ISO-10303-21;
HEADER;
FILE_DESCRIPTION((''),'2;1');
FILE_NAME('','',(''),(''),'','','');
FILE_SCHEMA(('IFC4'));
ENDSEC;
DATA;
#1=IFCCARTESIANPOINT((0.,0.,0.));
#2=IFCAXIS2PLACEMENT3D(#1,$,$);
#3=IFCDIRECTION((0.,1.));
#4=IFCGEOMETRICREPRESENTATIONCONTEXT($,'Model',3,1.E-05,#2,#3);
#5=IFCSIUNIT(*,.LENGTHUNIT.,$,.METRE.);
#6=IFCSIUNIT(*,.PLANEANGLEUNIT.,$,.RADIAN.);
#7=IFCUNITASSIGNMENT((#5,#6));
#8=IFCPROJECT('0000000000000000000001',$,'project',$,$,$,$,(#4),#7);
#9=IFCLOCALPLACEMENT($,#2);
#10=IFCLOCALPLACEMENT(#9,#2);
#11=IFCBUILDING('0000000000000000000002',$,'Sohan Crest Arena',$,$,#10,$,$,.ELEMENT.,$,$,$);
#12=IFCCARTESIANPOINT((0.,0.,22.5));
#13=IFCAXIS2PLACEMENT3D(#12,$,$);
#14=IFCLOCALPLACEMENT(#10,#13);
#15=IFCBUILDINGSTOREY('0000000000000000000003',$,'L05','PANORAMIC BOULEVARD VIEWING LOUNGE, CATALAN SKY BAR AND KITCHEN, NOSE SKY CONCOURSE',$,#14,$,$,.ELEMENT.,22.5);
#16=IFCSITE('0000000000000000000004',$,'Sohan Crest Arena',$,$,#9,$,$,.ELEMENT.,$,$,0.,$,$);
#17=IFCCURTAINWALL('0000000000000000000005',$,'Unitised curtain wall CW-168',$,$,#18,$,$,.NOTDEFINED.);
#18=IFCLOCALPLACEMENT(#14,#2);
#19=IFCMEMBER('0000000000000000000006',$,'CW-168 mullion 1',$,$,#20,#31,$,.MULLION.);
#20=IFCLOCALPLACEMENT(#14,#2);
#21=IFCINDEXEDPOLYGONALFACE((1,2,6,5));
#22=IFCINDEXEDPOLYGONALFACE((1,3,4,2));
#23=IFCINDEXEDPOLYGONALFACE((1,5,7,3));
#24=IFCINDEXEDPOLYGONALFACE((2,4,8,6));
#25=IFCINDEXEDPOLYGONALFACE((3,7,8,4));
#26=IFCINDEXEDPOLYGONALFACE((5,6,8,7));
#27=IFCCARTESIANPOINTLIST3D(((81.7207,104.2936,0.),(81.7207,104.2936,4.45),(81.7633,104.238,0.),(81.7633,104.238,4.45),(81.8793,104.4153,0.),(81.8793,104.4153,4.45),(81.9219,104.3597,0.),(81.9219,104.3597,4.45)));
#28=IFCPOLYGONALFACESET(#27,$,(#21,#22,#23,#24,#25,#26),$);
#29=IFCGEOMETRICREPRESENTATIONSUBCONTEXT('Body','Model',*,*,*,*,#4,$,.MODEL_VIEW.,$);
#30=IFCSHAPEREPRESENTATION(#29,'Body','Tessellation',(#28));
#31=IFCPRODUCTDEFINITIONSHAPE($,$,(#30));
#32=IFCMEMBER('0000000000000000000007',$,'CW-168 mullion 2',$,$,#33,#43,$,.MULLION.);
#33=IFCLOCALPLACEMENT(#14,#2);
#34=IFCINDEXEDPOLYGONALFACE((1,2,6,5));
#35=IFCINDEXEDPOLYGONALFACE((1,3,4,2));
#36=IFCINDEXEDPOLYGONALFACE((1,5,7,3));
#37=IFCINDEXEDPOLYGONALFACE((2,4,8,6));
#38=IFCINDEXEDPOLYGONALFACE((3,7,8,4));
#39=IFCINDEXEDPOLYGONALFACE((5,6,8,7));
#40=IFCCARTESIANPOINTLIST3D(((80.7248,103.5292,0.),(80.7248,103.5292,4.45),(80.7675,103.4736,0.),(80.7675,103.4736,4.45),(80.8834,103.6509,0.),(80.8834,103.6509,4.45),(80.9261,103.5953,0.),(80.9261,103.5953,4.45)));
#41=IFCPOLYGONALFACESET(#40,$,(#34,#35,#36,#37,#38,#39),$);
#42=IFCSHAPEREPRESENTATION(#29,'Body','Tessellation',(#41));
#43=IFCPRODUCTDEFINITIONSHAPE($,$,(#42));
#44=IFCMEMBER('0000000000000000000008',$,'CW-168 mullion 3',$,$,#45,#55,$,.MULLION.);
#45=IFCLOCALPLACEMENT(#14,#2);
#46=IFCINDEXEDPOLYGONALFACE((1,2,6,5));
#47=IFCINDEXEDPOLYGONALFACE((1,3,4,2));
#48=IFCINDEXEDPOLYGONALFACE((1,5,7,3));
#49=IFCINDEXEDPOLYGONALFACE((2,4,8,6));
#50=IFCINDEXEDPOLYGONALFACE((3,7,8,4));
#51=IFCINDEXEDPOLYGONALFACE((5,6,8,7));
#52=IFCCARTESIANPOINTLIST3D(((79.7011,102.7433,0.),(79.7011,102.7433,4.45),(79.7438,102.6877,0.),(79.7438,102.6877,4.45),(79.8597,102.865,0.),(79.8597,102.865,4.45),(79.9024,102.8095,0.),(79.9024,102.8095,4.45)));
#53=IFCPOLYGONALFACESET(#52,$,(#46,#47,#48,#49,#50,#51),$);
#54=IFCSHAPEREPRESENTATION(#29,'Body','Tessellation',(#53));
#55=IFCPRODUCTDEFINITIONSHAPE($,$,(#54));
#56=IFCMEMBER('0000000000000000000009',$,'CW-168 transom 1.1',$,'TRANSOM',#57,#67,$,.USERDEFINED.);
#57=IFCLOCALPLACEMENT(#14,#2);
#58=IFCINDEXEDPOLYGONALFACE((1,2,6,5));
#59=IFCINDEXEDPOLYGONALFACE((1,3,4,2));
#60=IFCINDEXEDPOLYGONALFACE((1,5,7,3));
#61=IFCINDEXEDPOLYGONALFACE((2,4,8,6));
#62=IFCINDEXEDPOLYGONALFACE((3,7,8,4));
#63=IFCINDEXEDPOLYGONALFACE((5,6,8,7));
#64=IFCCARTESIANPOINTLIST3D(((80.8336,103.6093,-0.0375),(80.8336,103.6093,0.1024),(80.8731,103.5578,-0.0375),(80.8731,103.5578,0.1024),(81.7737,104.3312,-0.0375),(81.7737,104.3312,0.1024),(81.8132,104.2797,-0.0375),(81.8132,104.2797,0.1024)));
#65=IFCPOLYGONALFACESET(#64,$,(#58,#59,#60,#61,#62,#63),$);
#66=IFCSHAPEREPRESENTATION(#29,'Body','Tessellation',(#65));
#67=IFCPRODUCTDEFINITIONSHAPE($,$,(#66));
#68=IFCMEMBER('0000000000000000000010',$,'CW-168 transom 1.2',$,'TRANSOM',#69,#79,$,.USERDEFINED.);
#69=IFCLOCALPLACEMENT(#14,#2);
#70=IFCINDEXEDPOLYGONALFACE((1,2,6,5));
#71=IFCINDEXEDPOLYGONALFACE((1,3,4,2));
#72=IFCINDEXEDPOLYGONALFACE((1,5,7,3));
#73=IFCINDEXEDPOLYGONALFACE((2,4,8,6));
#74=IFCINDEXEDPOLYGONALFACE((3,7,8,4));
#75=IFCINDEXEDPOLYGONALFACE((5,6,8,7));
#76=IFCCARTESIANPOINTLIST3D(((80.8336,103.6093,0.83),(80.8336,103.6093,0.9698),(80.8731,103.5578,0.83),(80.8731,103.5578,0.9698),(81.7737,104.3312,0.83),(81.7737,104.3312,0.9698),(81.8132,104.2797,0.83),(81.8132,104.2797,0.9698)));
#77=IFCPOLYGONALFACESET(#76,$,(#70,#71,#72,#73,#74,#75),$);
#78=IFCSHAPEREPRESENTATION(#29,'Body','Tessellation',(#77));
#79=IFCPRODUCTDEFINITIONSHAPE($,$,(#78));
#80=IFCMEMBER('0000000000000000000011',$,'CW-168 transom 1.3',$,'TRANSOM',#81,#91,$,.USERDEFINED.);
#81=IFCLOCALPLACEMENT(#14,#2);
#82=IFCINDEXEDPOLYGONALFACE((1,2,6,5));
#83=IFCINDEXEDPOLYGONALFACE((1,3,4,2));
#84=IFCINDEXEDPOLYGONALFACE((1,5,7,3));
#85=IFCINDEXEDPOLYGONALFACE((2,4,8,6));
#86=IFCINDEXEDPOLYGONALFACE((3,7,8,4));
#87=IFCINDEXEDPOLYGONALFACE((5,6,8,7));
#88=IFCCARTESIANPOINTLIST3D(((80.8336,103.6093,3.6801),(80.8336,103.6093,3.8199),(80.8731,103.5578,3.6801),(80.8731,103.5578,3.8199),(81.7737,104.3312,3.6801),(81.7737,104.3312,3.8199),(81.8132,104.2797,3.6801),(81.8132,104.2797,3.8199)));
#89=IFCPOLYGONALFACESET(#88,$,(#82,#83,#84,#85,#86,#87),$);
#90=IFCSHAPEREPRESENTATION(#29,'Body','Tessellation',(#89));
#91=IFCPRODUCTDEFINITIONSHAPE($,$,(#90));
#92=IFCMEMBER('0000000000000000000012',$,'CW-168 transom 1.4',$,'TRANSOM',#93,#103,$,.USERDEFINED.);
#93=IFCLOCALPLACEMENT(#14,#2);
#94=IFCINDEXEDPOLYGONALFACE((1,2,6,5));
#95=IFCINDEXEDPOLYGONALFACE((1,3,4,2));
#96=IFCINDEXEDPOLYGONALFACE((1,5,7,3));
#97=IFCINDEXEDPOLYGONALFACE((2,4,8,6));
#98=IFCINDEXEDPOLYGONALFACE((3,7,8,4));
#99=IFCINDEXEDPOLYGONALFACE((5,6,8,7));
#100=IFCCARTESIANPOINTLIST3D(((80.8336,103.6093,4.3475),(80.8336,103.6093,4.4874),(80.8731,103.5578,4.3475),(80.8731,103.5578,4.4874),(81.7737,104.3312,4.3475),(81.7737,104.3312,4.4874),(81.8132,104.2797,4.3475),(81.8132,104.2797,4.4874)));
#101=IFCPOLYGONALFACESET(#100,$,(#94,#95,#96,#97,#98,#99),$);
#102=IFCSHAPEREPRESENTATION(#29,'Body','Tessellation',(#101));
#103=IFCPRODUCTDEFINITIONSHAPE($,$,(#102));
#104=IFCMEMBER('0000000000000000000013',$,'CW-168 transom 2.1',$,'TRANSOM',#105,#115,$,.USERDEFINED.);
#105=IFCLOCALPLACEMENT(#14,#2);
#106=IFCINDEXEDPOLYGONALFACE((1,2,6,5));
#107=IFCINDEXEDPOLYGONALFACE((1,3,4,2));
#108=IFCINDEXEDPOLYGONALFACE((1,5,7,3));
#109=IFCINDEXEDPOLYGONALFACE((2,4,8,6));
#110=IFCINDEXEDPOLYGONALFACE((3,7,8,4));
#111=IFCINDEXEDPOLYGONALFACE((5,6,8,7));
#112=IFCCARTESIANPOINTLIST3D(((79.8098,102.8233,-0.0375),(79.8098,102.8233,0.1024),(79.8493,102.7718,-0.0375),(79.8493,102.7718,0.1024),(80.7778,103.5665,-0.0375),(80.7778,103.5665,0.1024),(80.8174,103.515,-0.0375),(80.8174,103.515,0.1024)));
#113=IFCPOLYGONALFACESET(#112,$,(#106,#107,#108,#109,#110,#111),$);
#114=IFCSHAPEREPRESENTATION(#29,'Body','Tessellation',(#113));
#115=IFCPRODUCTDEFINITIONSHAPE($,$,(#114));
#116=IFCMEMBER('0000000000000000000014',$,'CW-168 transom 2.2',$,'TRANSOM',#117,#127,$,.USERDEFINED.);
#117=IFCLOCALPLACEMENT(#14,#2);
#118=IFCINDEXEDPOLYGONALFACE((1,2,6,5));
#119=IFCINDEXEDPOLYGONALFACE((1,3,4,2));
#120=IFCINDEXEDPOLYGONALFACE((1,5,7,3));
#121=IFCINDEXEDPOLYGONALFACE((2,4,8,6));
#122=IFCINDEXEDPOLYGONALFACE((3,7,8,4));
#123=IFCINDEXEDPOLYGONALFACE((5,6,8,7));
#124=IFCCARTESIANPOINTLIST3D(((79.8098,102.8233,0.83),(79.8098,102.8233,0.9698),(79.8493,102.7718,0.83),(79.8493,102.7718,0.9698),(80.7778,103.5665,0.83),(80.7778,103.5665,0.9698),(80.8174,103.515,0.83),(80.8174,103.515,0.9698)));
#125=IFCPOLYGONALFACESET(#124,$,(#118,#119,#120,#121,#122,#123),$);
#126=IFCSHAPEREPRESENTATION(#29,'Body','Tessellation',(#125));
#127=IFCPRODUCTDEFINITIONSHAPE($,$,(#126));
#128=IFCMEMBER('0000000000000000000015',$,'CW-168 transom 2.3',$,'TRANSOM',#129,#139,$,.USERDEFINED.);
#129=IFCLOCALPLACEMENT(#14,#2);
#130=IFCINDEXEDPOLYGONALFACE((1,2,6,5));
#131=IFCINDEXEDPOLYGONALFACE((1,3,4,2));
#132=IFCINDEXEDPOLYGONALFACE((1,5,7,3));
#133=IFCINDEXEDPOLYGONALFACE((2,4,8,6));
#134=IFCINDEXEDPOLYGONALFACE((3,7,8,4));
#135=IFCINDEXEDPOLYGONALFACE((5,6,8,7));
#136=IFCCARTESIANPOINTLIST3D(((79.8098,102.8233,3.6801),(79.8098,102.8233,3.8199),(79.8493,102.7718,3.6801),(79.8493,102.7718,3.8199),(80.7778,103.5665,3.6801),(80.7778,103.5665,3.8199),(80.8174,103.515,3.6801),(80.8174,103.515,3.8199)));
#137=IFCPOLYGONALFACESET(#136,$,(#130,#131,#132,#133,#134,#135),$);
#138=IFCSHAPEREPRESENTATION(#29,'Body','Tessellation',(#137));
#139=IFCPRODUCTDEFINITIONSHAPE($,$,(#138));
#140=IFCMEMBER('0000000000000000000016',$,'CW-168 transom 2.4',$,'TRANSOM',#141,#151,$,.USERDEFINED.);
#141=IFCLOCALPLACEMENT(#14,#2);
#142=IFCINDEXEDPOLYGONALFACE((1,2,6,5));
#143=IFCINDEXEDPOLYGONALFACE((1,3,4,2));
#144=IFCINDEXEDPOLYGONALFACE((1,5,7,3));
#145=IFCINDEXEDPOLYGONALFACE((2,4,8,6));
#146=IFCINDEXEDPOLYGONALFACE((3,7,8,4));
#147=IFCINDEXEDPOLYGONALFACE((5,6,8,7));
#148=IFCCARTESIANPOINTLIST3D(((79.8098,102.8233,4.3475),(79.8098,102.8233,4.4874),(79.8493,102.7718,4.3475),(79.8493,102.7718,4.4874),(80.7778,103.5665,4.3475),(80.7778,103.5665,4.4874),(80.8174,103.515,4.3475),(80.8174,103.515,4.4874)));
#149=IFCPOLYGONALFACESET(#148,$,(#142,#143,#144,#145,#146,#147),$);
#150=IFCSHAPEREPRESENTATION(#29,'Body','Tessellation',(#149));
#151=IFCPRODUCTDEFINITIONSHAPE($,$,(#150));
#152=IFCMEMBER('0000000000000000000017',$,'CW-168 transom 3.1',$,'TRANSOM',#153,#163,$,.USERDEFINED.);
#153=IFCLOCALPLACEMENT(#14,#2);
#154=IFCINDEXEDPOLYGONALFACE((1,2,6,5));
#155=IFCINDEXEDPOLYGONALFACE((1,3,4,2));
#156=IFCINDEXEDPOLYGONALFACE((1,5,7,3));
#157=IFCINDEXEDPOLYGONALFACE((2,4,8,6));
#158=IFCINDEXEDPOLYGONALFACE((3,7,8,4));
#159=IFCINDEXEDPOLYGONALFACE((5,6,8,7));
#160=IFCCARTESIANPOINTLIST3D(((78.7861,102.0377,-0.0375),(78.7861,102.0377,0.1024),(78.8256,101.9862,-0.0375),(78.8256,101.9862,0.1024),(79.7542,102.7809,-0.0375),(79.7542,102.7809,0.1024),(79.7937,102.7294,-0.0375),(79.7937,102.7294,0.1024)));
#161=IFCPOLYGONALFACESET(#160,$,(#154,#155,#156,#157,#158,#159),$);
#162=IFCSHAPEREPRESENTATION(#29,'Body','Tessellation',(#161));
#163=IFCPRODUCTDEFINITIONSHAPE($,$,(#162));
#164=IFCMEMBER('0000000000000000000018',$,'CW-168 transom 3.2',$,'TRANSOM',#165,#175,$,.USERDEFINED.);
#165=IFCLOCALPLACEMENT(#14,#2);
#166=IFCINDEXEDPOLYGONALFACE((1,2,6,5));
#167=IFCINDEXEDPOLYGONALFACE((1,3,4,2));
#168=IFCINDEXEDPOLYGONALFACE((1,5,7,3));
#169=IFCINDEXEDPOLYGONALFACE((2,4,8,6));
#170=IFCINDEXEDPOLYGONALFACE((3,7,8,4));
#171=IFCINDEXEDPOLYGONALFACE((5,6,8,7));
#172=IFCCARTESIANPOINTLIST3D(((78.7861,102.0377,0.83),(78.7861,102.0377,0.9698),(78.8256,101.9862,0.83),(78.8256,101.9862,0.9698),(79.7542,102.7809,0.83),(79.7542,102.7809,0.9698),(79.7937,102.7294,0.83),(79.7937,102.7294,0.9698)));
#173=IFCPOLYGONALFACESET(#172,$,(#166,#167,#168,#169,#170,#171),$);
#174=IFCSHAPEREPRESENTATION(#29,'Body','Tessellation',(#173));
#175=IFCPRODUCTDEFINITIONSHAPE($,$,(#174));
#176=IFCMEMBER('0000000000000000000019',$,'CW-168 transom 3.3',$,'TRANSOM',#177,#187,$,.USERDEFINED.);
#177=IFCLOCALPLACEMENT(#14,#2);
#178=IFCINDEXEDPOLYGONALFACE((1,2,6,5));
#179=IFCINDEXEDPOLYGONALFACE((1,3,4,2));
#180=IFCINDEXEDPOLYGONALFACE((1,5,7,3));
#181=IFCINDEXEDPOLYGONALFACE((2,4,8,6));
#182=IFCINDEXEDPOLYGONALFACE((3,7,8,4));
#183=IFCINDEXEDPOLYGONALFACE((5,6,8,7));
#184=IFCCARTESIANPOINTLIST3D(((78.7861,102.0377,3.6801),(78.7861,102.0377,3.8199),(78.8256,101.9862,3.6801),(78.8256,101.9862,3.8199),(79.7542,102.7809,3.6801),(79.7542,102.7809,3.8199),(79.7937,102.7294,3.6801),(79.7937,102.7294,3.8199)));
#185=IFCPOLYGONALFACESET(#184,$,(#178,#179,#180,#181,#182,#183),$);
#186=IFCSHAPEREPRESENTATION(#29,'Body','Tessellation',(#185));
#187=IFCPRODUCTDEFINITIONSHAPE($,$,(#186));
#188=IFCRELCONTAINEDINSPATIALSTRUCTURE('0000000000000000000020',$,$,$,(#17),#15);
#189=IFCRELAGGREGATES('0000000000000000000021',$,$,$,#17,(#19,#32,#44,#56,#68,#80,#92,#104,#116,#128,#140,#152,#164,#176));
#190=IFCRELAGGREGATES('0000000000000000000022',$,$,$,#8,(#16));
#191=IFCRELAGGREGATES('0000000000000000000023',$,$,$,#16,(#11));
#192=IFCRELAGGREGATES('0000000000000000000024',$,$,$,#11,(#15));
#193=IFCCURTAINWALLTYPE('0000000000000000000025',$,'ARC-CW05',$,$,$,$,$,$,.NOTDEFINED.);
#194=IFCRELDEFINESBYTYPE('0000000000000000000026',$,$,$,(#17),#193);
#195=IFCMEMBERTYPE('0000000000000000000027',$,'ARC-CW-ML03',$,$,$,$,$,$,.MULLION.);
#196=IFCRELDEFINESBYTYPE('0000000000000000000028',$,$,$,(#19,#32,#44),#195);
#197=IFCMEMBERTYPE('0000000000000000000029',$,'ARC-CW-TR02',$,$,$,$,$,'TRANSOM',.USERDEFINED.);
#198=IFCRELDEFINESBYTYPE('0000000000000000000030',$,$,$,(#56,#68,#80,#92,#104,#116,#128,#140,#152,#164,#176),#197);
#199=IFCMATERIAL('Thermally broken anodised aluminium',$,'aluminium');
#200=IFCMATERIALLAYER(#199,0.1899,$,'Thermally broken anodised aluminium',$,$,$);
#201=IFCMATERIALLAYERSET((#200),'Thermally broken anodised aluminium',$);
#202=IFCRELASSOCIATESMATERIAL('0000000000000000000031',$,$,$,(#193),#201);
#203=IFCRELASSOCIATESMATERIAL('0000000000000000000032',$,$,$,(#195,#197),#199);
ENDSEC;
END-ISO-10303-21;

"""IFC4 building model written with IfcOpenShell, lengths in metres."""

from ifc_helpers import new_model, si_unit, direction, frame, origin, origin_2d, place, context, subcontext, project, spatial, rectangle, extrude, material, layer, layer_set, material_profile, profile_set, type_object, element, aggregate, save


model = new_model("IFC4")

# Units and contexts
model_context = context("Model", 3, precision=1e-05, world=origin(), true_north=direction((0.0, 1.0)))
body_context = subcontext(model_context, "Body", "Model", "MODEL_VIEW")
ifc_project = project(units=[si_unit("LENGTHUNIT", "METRE"), si_unit("PLANEANGLEUNIT", "RADIAN")], contexts=[model_context])

# Site, building, storey
site_placement = place(None, origin())
site = spatial("IfcSite", under=ifc_project, at=site_placement, Name="Sohan Crest Arena", CompositionType="ELEMENT", RefElevation=0.0)
building_placement = place(site_placement, origin())
building = spatial("IfcBuilding", under=site, at=building_placement, Name="Sohan Crest Arena", CompositionType="ELEMENT")
storey_placement = place(building_placement, frame((0.0, 0.0, 22.5)))
storey = spatial("IfcBuildingStorey", under=building, at=storey_placement, Name="L05", Description="PANORAMIC BOULEVARD VIEWING LOUNGE, CATALAN SKY BAR AND KITCHEN, NOSE SKY CONCOURSE", CompositionType="ELEMENT", Elevation=22.5)

# Curtain wall, members
ifc_material_1 = material(Name="Thermally broken anodised aluminium", Category="aluminium")
ifc_layer_1 = layer(ifc_material_1, 0.1899, Name="Thermally broken anodised aluminium")
ifc_layer_set_1 = layer_set([ifc_layer_1], Name="Thermally broken anodised aluminium")
curtain_wall_type = type_object("IfcCurtainWallType", Name="ARC-CW05", PredefinedType="NOTDEFINED", material=ifc_layer_set_1)
curtain_wall_placement = place(storey_placement, origin())
curtain_wall = element("IfcCurtainWall", 1, at=curtain_wall_placement, inside=storey, type_object=curtain_wall_type, Name="Unitised curtain wall CW-168", PredefinedType="NOTDEFINED")
ifc_material_profile_1 = material_profile(ifc_material_1, rectangle(XDim=0.0701, YDim=0.2, at=origin_2d()), Name="ALU-MULL 70x200")
ifc_profile_set_1 = profile_set([ifc_material_profile_1], Name="Thermally broken anodised aluminium")
member_type_1 = type_object("IfcMemberType", Name="ARC-CW-ML03", PredefinedType="MULLION", material=ifc_profile_set_1)
member_1_placement = place(storey_placement, frame((81.8213, 104.3267, 0.0), z_axis=(0.0, 0.0, 1.0), x_axis=(0.608939, -0.793217, 0.0)))
member_1 = element("IfcMember", 2, at=member_1_placement, type_object=member_type_1, Name="CW-168 mullion 1", PredefinedType="MULLION", context=body_context, shape_type="SweptSolid", body=[
    extrude(rectangle(XDim=0.0701, YDim=0.2, at=origin_2d()), origin(), (0.0, 0.0, 1.0), 4.45),
])
member_2_placement = place(storey_placement, frame((80.8254, 103.5623, 0.0), z_axis=(0.0, 0.0, 1.0), x_axis=(0.608939, -0.793217, 0.0)))
member_2 = element("IfcMember", 3, at=member_2_placement, type_object=member_type_1, Name="CW-168 mullion 2", PredefinedType="MULLION", context=body_context, shape_type="SweptSolid", body=[
    extrude(rectangle(XDim=0.0701, YDim=0.2, at=origin_2d()), origin(), (0.0, 0.0, 1.0), 4.45),
])
member_3_placement = place(storey_placement, frame((79.8018, 102.7764, 0.0), z_axis=(0.0, 0.0, 1.0), x_axis=(0.608939, -0.793217, 0.0)))
member_3 = element("IfcMember", 4, at=member_3_placement, type_object=member_type_1, Name="CW-168 mullion 3", PredefinedType="MULLION", context=body_context, shape_type="SweptSolid", body=[
    extrude(rectangle(XDim=0.0701, YDim=0.2, at=origin_2d()), origin(), (0.0, 0.0, 1.0), 4.45),
])
ifc_material_profile_2 = material_profile(ifc_material_1, rectangle(XDim=0.0649, YDim=0.1399, at=origin_2d()), Name="ALU-TRAN 65x140")
ifc_profile_set_2 = profile_set([ifc_material_profile_2], Name="Thermally broken anodised aluminium")
member_type_2 = type_object("IfcMemberType", Name="ARC-CW-TR02", ElementType="TRANSOM", PredefinedType="USERDEFINED", material=ifc_profile_set_2)
member_4_placement = place(storey_placement, frame((81.7935, 104.3054, 0.0325), z_axis=(-0.793152, -0.609024, 0.0), x_axis=(0.609024, -0.793152, 0.0)))
member_4 = element("IfcMember", 5, at=member_4_placement, type_object=member_type_2, Name="CW-168 transom 1.1", ObjectType="TRANSOM", PredefinedType="USERDEFINED", context=body_context, shape_type="SweptSolid", body=[
    extrude(rectangle(XDim=0.0649, YDim=0.1399, at=origin_2d()), origin(), (0.0, 0.0, 1.0), 1.1853),
])
member_5_placement = place(storey_placement, frame((81.7935, 104.3054, 0.8999), z_axis=(-0.793152, -0.609024, 0.0), x_axis=(0.609024, -0.793152, 0.0)))
member_5 = element("IfcMember", 6, at=member_5_placement, type_object=member_type_2, Name="CW-168 transom 1.2", ObjectType="TRANSOM", PredefinedType="USERDEFINED", context=body_context, shape_type="SweptSolid", body=[
    extrude(rectangle(XDim=0.0649, YDim=0.1399, at=origin_2d()), origin(), (0.0, 0.0, 1.0), 1.1853),
])
member_6_placement = place(storey_placement, frame((81.7935, 104.3054, 3.75), z_axis=(-0.793152, -0.609024, 0.0), x_axis=(0.609024, -0.793152, 0.0)))
member_6 = element("IfcMember", 7, at=member_6_placement, type_object=member_type_2, Name="CW-168 transom 1.3", ObjectType="TRANSOM", PredefinedType="USERDEFINED", context=body_context, shape_type="SweptSolid", body=[
    extrude(rectangle(XDim=0.0649, YDim=0.1399, at=origin_2d()), origin(), (0.0, 0.0, 1.0), 1.1853),
])
member_7_placement = place(storey_placement, frame((81.7935, 104.3054, 4.4175), z_axis=(-0.793152, -0.609024, 0.0), x_axis=(0.609024, -0.793152, 0.0)))
member_7 = element("IfcMember", 8, at=member_7_placement, type_object=member_type_2, Name="CW-168 transom 1.4", ObjectType="TRANSOM", PredefinedType="USERDEFINED", context=body_context, shape_type="SweptSolid", body=[
    extrude(rectangle(XDim=0.0649, YDim=0.1399, at=origin_2d()), origin(), (0.0, 0.0, 1.0), 1.1853),
])
member_8_placement = place(storey_placement, frame((80.7976, 103.5408, 0.0325), z_axis=(-0.793204, -0.608956, 0.0), x_axis=(0.608956, -0.793204, 0.0)))
member_8 = element("IfcMember", 9, at=member_8_placement, type_object=member_type_2, Name="CW-168 transom 2.1", ObjectType="TRANSOM", PredefinedType="USERDEFINED", context=body_context, shape_type="SweptSolid", body=[
    extrude(rectangle(XDim=0.0649, YDim=0.1399, at=origin_2d()), origin(), (0.0, 0.0, 1.0), 1.2205),
])
member_9_placement = place(storey_placement, frame((80.7976, 103.5408, 0.8999), z_axis=(-0.793204, -0.608956, 0.0), x_axis=(0.608956, -0.793204, 0.0)))
member_9 = element("IfcMember", 10, at=member_9_placement, type_object=member_type_2, Name="CW-168 transom 2.2", ObjectType="TRANSOM", PredefinedType="USERDEFINED", context=body_context, shape_type="SweptSolid", body=[
    extrude(rectangle(XDim=0.0649, YDim=0.1399, at=origin_2d()), origin(), (0.0, 0.0, 1.0), 1.2205),
])
member_10_placement = place(storey_placement, frame((80.7976, 103.5408, 3.75), z_axis=(-0.793204, -0.608956, 0.0), x_axis=(0.608956, -0.793204, 0.0)))
member_10 = element("IfcMember", 11, at=member_10_placement, type_object=member_type_2, Name="CW-168 transom 2.3", ObjectType="TRANSOM", PredefinedType="USERDEFINED", context=body_context, shape_type="SweptSolid", body=[
    extrude(rectangle(XDim=0.0649, YDim=0.1399, at=origin_2d()), origin(), (0.0, 0.0, 1.0), 1.2205),
])
member_11_placement = place(storey_placement, frame((80.7976, 103.5408, 4.4175), z_axis=(-0.793204, -0.608956, 0.0), x_axis=(0.608956, -0.793204, 0.0)))
member_11 = element("IfcMember", 12, at=member_11_placement, type_object=member_type_2, Name="CW-168 transom 2.4", ObjectType="TRANSOM", PredefinedType="USERDEFINED", context=body_context, shape_type="SweptSolid", body=[
    extrude(rectangle(XDim=0.0649, YDim=0.1399, at=origin_2d()), origin(), (0.0, 0.0, 1.0), 1.2205),
])
member_12_placement = place(storey_placement, frame((79.7739, 102.7551, 0.0325), z_axis=(-0.793204, -0.608956, 0.0), x_axis=(0.608956, -0.793204, 0.0)))
member_12 = element("IfcMember", 13, at=member_12_placement, type_object=member_type_2, Name="CW-168 transom 3.1", ObjectType="TRANSOM", PredefinedType="USERDEFINED", context=body_context, shape_type="SweptSolid", body=[
    extrude(rectangle(XDim=0.0649, YDim=0.1399, at=origin_2d()), origin(), (0.0, 0.0, 1.0), 1.2205),
])
member_13_placement = place(storey_placement, frame((79.7739, 102.7551, 0.8999), z_axis=(-0.793204, -0.608956, 0.0), x_axis=(0.608956, -0.793204, 0.0)))
member_13 = element("IfcMember", 14, at=member_13_placement, type_object=member_type_2, Name="CW-168 transom 3.2", ObjectType="TRANSOM", PredefinedType="USERDEFINED", context=body_context, shape_type="SweptSolid", body=[
    extrude(rectangle(XDim=0.0649, YDim=0.1399, at=origin_2d()), origin(), (0.0, 0.0, 1.0), 1.2205),
])
member_14_placement = place(storey_placement, frame((79.7739, 102.7551, 3.75), z_axis=(-0.793204, -0.608956, 0.0), x_axis=(0.608956, -0.793204, 0.0)))
member_14 = element("IfcMember", 15, at=member_14_placement, type_object=member_type_2, Name="CW-168 transom 3.3", ObjectType="TRANSOM", PredefinedType="USERDEFINED", context=body_context, shape_type="SweptSolid", body=[
    extrude(rectangle(XDim=0.0649, YDim=0.1399, at=origin_2d()), origin(), (0.0, 0.0, 1.0), 1.2205),
])
aggregate(curtain_wall, [member_1, member_2, member_3, member_4, member_5, member_6, member_7, member_8, member_9, member_10, member_11, member_12, member_13, member_14])

save(model, "model.ifc")
